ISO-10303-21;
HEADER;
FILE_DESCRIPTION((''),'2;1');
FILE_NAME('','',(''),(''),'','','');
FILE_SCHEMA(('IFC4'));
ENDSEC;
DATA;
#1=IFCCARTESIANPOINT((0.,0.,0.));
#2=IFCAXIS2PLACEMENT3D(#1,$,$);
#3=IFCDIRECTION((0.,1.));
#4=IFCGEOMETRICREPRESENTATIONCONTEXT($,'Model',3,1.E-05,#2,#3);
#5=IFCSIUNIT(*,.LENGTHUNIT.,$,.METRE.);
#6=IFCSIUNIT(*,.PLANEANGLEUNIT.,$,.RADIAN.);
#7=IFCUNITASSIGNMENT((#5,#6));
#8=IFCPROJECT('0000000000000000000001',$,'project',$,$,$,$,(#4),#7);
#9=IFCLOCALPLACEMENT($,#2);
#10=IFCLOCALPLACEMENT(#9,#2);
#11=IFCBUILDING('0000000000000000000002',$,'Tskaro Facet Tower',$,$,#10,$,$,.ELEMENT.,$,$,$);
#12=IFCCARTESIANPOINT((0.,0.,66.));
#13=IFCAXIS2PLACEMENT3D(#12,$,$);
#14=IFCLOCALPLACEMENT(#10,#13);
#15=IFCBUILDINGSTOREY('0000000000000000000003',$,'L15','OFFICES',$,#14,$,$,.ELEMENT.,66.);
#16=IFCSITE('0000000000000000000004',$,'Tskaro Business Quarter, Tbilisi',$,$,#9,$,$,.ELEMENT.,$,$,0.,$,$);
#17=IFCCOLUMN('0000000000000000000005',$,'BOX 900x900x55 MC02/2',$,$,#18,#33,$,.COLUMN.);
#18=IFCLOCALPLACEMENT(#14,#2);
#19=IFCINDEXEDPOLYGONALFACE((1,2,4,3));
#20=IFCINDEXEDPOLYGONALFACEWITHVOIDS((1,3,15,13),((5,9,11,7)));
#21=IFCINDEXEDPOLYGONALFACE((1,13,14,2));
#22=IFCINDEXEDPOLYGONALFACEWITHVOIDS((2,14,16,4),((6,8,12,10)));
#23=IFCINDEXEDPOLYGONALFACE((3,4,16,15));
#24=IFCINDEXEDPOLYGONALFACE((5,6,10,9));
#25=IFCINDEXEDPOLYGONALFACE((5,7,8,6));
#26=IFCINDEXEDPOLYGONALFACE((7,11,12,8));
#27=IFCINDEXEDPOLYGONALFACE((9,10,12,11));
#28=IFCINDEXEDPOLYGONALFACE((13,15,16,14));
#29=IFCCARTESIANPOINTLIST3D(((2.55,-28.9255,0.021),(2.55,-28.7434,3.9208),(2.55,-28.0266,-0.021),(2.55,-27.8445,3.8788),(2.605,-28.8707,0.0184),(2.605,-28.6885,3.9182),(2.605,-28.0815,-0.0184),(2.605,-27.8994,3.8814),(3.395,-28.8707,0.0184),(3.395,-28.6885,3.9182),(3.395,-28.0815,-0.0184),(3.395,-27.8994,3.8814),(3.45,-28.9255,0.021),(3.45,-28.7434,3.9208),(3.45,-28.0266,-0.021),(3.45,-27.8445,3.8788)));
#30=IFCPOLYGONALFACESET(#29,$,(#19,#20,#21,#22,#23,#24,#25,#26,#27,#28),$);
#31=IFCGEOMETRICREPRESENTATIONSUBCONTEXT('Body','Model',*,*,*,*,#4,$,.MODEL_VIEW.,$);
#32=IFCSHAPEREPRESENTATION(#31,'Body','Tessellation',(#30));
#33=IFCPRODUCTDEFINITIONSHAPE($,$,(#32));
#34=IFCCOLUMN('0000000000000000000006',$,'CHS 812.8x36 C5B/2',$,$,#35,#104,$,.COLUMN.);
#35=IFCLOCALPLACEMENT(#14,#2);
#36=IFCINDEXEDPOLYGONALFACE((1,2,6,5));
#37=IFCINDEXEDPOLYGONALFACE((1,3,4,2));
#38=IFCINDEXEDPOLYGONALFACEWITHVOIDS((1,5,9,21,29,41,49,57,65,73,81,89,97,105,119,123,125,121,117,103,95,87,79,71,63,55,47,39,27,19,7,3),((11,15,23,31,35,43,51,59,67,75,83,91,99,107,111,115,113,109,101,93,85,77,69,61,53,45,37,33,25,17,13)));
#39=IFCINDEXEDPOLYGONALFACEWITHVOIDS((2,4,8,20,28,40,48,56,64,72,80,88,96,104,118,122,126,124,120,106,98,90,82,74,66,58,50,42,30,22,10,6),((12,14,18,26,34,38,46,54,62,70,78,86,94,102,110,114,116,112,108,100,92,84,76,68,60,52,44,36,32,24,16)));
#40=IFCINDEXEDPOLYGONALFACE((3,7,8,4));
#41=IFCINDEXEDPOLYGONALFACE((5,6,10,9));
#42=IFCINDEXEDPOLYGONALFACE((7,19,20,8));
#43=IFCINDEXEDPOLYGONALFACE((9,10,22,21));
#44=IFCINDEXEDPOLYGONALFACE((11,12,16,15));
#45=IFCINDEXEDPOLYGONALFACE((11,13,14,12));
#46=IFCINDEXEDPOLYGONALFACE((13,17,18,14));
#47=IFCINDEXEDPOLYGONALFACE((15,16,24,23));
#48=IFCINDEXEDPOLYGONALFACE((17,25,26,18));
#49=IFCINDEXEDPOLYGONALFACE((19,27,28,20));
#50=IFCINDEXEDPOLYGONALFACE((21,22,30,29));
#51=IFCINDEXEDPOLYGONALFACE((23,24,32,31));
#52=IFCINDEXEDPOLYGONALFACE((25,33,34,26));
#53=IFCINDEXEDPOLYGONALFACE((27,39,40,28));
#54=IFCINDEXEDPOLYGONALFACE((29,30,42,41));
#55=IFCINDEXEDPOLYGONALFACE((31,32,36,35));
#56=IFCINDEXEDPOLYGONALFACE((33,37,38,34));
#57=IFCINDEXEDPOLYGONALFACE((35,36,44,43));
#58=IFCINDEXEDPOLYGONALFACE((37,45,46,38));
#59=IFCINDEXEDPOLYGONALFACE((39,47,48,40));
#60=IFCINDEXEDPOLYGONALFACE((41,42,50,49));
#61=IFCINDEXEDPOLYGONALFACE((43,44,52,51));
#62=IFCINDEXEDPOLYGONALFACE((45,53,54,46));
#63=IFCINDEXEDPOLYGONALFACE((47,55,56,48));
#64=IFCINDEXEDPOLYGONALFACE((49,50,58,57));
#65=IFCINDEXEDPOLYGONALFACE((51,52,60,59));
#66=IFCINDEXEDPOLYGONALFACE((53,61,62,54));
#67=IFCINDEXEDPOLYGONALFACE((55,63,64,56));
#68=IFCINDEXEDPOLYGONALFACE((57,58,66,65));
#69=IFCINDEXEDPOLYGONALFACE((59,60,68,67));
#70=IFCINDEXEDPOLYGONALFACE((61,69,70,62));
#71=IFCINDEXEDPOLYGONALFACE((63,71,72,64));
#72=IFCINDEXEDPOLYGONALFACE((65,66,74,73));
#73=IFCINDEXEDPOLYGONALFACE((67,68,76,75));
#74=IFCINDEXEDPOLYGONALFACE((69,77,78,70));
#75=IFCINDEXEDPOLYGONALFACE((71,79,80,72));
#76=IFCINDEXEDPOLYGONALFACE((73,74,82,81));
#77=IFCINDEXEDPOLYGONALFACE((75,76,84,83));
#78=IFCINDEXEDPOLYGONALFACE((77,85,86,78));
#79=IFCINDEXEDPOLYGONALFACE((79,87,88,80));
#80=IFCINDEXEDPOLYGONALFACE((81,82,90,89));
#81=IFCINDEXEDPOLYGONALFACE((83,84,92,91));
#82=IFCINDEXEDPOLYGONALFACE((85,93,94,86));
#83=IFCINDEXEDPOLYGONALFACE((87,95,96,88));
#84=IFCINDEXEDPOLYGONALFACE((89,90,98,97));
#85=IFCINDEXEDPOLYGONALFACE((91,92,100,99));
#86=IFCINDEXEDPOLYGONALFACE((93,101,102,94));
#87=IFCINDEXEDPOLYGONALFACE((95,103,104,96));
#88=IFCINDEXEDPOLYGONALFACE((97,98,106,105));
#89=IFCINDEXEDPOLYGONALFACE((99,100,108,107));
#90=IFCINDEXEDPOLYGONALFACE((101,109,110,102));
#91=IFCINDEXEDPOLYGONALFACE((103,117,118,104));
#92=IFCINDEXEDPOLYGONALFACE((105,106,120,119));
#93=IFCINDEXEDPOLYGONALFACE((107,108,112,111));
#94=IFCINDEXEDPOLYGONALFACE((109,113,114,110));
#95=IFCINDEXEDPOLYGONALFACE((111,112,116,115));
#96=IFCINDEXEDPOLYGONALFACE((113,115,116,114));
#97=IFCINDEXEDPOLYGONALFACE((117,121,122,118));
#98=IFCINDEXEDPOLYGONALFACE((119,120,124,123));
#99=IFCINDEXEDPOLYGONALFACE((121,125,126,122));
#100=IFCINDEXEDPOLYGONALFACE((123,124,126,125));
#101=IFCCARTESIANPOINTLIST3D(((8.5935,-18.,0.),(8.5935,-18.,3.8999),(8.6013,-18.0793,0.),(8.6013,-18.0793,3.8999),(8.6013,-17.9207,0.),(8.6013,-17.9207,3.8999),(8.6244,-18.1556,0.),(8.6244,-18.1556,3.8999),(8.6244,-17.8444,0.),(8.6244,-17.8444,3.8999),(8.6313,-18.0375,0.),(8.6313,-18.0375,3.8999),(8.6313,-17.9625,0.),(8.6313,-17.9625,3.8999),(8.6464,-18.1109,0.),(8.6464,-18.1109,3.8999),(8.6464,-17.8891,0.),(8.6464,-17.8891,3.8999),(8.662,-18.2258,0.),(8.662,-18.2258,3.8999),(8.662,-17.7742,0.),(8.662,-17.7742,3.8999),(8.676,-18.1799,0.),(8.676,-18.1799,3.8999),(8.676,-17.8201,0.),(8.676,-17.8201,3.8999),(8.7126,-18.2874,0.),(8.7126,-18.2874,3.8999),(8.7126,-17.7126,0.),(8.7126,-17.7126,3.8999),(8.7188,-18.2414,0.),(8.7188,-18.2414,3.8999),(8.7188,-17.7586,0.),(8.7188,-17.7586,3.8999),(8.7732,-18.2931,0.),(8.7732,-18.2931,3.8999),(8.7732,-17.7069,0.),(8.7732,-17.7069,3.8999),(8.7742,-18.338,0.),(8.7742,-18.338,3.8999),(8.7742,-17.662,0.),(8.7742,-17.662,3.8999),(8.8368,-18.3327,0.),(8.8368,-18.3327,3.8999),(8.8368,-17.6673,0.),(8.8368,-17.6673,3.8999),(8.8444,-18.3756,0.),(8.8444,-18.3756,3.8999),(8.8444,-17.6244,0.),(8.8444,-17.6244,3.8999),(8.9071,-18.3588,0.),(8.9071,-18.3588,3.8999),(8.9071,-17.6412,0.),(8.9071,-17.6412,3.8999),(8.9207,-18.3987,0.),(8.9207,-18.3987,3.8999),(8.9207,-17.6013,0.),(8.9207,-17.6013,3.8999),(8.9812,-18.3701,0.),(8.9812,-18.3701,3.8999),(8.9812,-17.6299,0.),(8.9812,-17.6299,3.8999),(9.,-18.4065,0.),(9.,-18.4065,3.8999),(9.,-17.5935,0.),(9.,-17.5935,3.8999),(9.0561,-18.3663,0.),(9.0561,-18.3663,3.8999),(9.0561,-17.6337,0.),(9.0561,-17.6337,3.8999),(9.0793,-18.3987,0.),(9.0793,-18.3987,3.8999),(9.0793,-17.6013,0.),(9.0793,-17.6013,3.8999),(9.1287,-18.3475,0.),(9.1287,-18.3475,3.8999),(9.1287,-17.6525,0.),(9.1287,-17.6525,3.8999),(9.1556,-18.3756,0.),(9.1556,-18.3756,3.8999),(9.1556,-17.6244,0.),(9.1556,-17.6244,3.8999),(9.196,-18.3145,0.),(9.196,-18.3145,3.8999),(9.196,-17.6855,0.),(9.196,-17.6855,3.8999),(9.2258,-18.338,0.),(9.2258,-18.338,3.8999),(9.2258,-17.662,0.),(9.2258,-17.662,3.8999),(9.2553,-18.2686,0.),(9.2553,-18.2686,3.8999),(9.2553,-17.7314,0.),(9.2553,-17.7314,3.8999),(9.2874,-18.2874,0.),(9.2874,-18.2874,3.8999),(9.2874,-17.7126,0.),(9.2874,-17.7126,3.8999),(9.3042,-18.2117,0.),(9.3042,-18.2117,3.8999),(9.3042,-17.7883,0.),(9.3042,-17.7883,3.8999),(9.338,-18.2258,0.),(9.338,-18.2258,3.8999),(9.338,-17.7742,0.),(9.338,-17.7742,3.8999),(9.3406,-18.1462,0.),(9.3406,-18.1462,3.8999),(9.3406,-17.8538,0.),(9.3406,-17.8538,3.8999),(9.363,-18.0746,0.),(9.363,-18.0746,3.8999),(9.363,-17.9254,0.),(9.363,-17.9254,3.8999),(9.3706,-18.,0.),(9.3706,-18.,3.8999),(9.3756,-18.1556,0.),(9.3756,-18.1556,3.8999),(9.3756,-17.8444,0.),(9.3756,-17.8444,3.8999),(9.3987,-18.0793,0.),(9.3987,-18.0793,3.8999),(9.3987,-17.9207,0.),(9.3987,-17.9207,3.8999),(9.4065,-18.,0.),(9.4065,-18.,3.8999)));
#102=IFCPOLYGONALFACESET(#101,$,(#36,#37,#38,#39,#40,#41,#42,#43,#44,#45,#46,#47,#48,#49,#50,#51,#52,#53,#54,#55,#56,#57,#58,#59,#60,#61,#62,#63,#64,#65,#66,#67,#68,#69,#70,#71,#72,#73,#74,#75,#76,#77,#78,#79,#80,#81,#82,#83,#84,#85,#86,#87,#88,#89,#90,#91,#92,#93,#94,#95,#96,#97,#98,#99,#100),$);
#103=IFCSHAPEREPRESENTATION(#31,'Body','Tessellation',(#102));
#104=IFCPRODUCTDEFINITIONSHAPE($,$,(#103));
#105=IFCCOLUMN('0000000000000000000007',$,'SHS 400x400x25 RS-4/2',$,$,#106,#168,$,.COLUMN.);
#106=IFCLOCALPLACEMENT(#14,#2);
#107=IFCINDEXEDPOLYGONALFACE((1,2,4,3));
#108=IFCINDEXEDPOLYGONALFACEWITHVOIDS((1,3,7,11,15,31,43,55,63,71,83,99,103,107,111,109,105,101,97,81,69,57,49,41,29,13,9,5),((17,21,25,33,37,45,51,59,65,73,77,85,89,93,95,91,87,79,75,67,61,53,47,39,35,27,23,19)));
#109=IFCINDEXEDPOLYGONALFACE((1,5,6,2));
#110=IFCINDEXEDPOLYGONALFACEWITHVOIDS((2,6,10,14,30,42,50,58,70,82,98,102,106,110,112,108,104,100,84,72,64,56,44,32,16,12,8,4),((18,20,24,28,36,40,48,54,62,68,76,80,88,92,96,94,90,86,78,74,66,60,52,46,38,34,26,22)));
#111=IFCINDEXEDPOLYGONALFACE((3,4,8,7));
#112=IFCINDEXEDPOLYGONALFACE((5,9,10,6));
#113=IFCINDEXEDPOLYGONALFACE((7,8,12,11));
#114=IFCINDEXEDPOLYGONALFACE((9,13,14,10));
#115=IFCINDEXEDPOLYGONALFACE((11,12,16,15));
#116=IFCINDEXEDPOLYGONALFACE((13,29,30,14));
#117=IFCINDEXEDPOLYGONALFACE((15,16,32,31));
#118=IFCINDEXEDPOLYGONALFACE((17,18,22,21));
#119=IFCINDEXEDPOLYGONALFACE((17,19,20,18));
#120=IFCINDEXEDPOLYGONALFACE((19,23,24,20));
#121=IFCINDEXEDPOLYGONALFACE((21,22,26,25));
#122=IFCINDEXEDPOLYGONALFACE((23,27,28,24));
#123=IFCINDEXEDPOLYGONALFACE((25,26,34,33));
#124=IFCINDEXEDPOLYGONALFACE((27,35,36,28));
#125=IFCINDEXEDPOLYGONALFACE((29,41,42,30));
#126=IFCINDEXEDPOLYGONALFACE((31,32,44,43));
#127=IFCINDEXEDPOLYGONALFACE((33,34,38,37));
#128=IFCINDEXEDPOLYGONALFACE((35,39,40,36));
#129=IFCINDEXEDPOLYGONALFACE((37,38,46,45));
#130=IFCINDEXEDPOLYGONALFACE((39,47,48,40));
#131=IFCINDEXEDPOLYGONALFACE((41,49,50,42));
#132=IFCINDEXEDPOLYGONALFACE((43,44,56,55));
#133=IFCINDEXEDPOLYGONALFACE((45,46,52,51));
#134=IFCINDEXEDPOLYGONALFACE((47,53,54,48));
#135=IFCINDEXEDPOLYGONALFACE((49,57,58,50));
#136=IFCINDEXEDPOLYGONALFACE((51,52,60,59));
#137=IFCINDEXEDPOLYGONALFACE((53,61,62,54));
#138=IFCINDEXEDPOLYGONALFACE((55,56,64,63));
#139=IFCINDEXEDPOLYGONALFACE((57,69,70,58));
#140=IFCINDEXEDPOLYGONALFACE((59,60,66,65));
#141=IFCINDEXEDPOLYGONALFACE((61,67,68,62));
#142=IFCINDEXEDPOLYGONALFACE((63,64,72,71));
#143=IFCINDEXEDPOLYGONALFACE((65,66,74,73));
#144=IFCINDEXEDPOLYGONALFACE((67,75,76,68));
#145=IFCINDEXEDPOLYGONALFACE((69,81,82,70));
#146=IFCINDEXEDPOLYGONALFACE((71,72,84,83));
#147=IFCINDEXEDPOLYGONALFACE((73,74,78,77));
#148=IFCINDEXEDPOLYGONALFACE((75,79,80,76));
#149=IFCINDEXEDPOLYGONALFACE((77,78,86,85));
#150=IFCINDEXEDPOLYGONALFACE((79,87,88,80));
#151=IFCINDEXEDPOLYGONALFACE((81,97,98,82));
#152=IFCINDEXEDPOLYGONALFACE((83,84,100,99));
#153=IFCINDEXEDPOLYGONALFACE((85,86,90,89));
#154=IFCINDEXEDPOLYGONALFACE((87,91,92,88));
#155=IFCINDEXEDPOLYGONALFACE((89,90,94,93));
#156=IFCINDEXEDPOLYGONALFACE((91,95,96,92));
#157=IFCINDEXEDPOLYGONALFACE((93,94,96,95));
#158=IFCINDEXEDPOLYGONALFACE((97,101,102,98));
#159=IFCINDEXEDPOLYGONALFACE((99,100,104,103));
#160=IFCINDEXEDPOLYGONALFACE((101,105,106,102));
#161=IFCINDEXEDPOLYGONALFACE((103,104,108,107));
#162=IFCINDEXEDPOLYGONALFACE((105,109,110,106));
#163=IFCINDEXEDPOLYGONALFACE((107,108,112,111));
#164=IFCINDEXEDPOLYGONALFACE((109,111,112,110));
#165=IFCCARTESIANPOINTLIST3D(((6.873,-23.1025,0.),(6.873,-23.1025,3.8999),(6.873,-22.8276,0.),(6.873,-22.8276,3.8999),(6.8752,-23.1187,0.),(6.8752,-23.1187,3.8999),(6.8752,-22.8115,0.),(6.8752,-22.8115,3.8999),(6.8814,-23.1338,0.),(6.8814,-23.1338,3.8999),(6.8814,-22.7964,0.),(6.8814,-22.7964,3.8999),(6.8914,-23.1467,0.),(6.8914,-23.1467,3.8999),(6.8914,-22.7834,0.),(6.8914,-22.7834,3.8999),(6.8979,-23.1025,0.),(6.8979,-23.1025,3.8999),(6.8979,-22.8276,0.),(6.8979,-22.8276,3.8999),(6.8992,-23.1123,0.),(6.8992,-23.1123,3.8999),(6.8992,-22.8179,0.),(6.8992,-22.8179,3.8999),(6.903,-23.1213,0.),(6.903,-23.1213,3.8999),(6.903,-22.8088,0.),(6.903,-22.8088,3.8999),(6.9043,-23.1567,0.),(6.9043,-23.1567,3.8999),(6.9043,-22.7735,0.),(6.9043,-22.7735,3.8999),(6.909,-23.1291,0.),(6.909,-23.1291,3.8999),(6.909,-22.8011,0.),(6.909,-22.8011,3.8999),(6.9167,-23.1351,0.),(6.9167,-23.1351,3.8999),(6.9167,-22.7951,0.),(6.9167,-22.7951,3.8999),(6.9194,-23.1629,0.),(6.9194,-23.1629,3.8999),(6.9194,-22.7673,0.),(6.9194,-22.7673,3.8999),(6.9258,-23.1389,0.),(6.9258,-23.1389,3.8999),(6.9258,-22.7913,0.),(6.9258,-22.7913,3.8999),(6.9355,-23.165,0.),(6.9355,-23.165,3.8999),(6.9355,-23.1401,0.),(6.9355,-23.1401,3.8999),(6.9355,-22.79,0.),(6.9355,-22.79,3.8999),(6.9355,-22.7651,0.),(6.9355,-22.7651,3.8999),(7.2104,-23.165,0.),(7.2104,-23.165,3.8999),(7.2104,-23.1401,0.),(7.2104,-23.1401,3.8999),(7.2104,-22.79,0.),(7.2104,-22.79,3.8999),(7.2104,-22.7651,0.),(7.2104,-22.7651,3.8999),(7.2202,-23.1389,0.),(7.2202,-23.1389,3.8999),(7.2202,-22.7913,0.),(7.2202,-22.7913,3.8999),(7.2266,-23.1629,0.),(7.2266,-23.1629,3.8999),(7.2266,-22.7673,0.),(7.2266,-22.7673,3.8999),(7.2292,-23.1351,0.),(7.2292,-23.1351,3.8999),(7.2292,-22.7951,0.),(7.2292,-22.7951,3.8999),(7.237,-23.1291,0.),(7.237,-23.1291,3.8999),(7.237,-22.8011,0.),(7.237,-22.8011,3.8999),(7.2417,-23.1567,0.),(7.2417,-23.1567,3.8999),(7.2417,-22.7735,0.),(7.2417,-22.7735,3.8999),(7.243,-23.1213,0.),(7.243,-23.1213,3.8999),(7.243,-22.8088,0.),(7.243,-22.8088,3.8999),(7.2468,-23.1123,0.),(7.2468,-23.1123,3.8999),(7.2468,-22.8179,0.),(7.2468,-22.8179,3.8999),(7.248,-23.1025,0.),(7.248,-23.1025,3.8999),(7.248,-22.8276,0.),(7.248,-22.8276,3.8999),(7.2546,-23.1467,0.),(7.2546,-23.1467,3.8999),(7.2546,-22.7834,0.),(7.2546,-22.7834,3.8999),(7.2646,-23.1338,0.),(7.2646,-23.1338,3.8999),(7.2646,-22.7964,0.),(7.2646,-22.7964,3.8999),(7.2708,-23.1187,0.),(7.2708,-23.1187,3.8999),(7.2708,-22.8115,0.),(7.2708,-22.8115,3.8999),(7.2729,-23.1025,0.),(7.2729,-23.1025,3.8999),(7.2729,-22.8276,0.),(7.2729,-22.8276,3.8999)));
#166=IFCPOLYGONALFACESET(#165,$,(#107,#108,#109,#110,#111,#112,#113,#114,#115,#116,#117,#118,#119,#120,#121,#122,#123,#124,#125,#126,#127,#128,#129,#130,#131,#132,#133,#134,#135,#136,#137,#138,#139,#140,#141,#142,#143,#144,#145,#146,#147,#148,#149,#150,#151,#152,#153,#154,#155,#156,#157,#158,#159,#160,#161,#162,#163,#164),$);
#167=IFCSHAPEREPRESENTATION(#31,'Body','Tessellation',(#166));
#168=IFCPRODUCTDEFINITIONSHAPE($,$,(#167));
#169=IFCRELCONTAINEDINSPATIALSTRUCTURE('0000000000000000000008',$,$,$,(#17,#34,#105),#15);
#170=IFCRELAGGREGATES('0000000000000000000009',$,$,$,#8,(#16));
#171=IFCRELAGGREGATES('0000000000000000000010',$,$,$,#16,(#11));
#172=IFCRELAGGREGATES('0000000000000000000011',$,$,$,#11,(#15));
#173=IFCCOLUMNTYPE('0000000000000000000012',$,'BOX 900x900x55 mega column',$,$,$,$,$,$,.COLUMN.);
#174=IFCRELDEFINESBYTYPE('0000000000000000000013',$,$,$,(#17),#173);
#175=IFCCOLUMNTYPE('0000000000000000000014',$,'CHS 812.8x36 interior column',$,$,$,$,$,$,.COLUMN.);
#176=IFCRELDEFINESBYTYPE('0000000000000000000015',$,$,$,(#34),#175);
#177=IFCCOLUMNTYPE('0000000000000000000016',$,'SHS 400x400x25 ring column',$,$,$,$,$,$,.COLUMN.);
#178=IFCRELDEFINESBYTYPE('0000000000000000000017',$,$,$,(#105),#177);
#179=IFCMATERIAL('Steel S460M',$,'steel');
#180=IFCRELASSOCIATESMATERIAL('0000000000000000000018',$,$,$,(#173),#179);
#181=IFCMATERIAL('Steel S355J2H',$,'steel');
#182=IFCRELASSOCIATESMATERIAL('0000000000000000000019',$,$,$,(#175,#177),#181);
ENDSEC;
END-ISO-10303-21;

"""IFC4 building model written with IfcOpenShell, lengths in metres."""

from ifc_helpers import new_model, si_unit, direction, frame, origin, origin_2d, place, context, subcontext, project, spatial, hollow_rectangle, hollow_circle, extrude, material, material_profile, profile_set, type_object, element, save


model = new_model("IFC4")

# Units and contexts
model_context = context("Model", 3, precision=1e-05, world=origin(), true_north=direction((0.0, 1.0)))
body_context = subcontext(model_context, "Body", "Model", "MODEL_VIEW")
ifc_project = project(units=[si_unit("LENGTHUNIT", "METRE"), si_unit("PLANEANGLEUNIT", "RADIAN")], contexts=[model_context])

# Site, building, storey
site_placement = place(None, origin())
site = spatial("IfcSite", under=ifc_project, at=site_placement, Name="Tskaro Business Quarter, Tbilisi", CompositionType="ELEMENT", RefElevation=0.0)
building_placement = place(site_placement, origin())
building = spatial("IfcBuilding", under=site, at=building_placement, Name="Tskaro Facet Tower", CompositionType="ELEMENT")
storey_placement = place(building_placement, frame((0.0, 0.0, 66.0)))
storey = spatial("IfcBuildingStorey", under=building, at=storey_placement, Name="L15", Description="OFFICES", CompositionType="ELEMENT", Elevation=66.0)

# Columns
ifc_material_1 = material(Name="Steel S460M", Category="steel")
ifc_material_profile_1 = material_profile(ifc_material_1, hollow_rectangle(XDim=0.8999, YDim=0.8999, WallThickness=0.0549, at=origin_2d()), Name="BOX 900x900x55")
ifc_profile_set_1 = profile_set([ifc_material_profile_1], Name="Steel S460M")
column_type_1 = type_object("IfcColumnType", Name="BOX 900x900x55 mega column", PredefinedType="COLUMN", material=ifc_profile_set_1)
column_1_placement = place(storey_placement, frame((3.0, -28.4761, 0.0), z_axis=(0.0, 0.04665, 0.998911), x_axis=(-1.0, 0.0, 0.0)))
element("IfcColumn", 1, at=column_1_placement, inside=storey, type_object=column_type_1, Name="BOX 900x900x55 MC02/2", PredefinedType="COLUMN", context=body_context, shape_type="SweptSolid", body=[
    extrude(hollow_rectangle(XDim=0.8999, YDim=0.8999, WallThickness=0.0549, at=origin_2d()), origin(), (0.0, 0.0, 1.0), 3.9041),
])
ifc_material_2 = material(Name="Steel S355J2H", Category="steel")
ifc_material_profile_2 = material_profile(ifc_material_2, hollow_circle(Radius=0.4065, WallThickness=0.0359, at=origin_2d()), Name="CHS 812.8x36")
ifc_profile_set_2 = profile_set([ifc_material_profile_2], Name="Steel S355J2H")
column_type_2 = type_object("IfcColumnType", Name="CHS 812.8x36 interior column", PredefinedType="COLUMN", material=ifc_profile_set_2)
column_2_placement = place(storey_placement, frame((9.0, -18.0, 0.0), z_axis=(0.0, 0.0, 1.0), x_axis=(1.0, 0.0, 0.0)))
element("IfcColumn", 2, at=column_2_placement, inside=storey, type_object=column_type_2, Name="CHS 812.8x36 C5B/2", PredefinedType="COLUMN", context=body_context, shape_type="SweptSolid", body=[
    extrude(hollow_circle(Radius=0.4065, WallThickness=0.0359, at=origin_2d()), origin(), (0.0, 0.0, 1.0), 3.8999),
])
ifc_material_profile_3 = material_profile(ifc_material_2, hollow_rectangle(XDim=0.3999, YDim=0.3999, WallThickness=0.0249, InnerFilletRadius=0.0376, OuterFilletRadius=0.0625, at=origin_2d()), Name="SHS 400x400x25")
ifc_profile_set_3 = profile_set([ifc_material_profile_3], Name="Steel S355J2H")
column_type_3 = type_object("IfcColumnType", Name="SHS 400x400x25 ring column", PredefinedType="COLUMN", material=ifc_profile_set_3)
for number, where, z_axis, x_axis, name in (
    (3, (7.073, -22.9651, 0.0), (0.0, 0.0, 1.0), (1.0, 0.0, 0.0), "SHS 400x400x25 RS-4/2"),
):
    element("IfcColumn", number, at=place(storey_placement, frame(where, z_axis=z_axis, x_axis=x_axis)), inside=storey, type_object=column_type_3, Name=name, PredefinedType="COLUMN", context=body_context, shape_type="SweptSolid", body=[
        extrude(hollow_rectangle(XDim=0.3999, YDim=0.3999, WallThickness=0.0249, InnerFilletRadius=0.0376, OuterFilletRadius=0.0625, at=origin_2d()), origin(), (0.0, 0.0, 1.0), 3.8999),
    ])

save(model, "model.ifc")
